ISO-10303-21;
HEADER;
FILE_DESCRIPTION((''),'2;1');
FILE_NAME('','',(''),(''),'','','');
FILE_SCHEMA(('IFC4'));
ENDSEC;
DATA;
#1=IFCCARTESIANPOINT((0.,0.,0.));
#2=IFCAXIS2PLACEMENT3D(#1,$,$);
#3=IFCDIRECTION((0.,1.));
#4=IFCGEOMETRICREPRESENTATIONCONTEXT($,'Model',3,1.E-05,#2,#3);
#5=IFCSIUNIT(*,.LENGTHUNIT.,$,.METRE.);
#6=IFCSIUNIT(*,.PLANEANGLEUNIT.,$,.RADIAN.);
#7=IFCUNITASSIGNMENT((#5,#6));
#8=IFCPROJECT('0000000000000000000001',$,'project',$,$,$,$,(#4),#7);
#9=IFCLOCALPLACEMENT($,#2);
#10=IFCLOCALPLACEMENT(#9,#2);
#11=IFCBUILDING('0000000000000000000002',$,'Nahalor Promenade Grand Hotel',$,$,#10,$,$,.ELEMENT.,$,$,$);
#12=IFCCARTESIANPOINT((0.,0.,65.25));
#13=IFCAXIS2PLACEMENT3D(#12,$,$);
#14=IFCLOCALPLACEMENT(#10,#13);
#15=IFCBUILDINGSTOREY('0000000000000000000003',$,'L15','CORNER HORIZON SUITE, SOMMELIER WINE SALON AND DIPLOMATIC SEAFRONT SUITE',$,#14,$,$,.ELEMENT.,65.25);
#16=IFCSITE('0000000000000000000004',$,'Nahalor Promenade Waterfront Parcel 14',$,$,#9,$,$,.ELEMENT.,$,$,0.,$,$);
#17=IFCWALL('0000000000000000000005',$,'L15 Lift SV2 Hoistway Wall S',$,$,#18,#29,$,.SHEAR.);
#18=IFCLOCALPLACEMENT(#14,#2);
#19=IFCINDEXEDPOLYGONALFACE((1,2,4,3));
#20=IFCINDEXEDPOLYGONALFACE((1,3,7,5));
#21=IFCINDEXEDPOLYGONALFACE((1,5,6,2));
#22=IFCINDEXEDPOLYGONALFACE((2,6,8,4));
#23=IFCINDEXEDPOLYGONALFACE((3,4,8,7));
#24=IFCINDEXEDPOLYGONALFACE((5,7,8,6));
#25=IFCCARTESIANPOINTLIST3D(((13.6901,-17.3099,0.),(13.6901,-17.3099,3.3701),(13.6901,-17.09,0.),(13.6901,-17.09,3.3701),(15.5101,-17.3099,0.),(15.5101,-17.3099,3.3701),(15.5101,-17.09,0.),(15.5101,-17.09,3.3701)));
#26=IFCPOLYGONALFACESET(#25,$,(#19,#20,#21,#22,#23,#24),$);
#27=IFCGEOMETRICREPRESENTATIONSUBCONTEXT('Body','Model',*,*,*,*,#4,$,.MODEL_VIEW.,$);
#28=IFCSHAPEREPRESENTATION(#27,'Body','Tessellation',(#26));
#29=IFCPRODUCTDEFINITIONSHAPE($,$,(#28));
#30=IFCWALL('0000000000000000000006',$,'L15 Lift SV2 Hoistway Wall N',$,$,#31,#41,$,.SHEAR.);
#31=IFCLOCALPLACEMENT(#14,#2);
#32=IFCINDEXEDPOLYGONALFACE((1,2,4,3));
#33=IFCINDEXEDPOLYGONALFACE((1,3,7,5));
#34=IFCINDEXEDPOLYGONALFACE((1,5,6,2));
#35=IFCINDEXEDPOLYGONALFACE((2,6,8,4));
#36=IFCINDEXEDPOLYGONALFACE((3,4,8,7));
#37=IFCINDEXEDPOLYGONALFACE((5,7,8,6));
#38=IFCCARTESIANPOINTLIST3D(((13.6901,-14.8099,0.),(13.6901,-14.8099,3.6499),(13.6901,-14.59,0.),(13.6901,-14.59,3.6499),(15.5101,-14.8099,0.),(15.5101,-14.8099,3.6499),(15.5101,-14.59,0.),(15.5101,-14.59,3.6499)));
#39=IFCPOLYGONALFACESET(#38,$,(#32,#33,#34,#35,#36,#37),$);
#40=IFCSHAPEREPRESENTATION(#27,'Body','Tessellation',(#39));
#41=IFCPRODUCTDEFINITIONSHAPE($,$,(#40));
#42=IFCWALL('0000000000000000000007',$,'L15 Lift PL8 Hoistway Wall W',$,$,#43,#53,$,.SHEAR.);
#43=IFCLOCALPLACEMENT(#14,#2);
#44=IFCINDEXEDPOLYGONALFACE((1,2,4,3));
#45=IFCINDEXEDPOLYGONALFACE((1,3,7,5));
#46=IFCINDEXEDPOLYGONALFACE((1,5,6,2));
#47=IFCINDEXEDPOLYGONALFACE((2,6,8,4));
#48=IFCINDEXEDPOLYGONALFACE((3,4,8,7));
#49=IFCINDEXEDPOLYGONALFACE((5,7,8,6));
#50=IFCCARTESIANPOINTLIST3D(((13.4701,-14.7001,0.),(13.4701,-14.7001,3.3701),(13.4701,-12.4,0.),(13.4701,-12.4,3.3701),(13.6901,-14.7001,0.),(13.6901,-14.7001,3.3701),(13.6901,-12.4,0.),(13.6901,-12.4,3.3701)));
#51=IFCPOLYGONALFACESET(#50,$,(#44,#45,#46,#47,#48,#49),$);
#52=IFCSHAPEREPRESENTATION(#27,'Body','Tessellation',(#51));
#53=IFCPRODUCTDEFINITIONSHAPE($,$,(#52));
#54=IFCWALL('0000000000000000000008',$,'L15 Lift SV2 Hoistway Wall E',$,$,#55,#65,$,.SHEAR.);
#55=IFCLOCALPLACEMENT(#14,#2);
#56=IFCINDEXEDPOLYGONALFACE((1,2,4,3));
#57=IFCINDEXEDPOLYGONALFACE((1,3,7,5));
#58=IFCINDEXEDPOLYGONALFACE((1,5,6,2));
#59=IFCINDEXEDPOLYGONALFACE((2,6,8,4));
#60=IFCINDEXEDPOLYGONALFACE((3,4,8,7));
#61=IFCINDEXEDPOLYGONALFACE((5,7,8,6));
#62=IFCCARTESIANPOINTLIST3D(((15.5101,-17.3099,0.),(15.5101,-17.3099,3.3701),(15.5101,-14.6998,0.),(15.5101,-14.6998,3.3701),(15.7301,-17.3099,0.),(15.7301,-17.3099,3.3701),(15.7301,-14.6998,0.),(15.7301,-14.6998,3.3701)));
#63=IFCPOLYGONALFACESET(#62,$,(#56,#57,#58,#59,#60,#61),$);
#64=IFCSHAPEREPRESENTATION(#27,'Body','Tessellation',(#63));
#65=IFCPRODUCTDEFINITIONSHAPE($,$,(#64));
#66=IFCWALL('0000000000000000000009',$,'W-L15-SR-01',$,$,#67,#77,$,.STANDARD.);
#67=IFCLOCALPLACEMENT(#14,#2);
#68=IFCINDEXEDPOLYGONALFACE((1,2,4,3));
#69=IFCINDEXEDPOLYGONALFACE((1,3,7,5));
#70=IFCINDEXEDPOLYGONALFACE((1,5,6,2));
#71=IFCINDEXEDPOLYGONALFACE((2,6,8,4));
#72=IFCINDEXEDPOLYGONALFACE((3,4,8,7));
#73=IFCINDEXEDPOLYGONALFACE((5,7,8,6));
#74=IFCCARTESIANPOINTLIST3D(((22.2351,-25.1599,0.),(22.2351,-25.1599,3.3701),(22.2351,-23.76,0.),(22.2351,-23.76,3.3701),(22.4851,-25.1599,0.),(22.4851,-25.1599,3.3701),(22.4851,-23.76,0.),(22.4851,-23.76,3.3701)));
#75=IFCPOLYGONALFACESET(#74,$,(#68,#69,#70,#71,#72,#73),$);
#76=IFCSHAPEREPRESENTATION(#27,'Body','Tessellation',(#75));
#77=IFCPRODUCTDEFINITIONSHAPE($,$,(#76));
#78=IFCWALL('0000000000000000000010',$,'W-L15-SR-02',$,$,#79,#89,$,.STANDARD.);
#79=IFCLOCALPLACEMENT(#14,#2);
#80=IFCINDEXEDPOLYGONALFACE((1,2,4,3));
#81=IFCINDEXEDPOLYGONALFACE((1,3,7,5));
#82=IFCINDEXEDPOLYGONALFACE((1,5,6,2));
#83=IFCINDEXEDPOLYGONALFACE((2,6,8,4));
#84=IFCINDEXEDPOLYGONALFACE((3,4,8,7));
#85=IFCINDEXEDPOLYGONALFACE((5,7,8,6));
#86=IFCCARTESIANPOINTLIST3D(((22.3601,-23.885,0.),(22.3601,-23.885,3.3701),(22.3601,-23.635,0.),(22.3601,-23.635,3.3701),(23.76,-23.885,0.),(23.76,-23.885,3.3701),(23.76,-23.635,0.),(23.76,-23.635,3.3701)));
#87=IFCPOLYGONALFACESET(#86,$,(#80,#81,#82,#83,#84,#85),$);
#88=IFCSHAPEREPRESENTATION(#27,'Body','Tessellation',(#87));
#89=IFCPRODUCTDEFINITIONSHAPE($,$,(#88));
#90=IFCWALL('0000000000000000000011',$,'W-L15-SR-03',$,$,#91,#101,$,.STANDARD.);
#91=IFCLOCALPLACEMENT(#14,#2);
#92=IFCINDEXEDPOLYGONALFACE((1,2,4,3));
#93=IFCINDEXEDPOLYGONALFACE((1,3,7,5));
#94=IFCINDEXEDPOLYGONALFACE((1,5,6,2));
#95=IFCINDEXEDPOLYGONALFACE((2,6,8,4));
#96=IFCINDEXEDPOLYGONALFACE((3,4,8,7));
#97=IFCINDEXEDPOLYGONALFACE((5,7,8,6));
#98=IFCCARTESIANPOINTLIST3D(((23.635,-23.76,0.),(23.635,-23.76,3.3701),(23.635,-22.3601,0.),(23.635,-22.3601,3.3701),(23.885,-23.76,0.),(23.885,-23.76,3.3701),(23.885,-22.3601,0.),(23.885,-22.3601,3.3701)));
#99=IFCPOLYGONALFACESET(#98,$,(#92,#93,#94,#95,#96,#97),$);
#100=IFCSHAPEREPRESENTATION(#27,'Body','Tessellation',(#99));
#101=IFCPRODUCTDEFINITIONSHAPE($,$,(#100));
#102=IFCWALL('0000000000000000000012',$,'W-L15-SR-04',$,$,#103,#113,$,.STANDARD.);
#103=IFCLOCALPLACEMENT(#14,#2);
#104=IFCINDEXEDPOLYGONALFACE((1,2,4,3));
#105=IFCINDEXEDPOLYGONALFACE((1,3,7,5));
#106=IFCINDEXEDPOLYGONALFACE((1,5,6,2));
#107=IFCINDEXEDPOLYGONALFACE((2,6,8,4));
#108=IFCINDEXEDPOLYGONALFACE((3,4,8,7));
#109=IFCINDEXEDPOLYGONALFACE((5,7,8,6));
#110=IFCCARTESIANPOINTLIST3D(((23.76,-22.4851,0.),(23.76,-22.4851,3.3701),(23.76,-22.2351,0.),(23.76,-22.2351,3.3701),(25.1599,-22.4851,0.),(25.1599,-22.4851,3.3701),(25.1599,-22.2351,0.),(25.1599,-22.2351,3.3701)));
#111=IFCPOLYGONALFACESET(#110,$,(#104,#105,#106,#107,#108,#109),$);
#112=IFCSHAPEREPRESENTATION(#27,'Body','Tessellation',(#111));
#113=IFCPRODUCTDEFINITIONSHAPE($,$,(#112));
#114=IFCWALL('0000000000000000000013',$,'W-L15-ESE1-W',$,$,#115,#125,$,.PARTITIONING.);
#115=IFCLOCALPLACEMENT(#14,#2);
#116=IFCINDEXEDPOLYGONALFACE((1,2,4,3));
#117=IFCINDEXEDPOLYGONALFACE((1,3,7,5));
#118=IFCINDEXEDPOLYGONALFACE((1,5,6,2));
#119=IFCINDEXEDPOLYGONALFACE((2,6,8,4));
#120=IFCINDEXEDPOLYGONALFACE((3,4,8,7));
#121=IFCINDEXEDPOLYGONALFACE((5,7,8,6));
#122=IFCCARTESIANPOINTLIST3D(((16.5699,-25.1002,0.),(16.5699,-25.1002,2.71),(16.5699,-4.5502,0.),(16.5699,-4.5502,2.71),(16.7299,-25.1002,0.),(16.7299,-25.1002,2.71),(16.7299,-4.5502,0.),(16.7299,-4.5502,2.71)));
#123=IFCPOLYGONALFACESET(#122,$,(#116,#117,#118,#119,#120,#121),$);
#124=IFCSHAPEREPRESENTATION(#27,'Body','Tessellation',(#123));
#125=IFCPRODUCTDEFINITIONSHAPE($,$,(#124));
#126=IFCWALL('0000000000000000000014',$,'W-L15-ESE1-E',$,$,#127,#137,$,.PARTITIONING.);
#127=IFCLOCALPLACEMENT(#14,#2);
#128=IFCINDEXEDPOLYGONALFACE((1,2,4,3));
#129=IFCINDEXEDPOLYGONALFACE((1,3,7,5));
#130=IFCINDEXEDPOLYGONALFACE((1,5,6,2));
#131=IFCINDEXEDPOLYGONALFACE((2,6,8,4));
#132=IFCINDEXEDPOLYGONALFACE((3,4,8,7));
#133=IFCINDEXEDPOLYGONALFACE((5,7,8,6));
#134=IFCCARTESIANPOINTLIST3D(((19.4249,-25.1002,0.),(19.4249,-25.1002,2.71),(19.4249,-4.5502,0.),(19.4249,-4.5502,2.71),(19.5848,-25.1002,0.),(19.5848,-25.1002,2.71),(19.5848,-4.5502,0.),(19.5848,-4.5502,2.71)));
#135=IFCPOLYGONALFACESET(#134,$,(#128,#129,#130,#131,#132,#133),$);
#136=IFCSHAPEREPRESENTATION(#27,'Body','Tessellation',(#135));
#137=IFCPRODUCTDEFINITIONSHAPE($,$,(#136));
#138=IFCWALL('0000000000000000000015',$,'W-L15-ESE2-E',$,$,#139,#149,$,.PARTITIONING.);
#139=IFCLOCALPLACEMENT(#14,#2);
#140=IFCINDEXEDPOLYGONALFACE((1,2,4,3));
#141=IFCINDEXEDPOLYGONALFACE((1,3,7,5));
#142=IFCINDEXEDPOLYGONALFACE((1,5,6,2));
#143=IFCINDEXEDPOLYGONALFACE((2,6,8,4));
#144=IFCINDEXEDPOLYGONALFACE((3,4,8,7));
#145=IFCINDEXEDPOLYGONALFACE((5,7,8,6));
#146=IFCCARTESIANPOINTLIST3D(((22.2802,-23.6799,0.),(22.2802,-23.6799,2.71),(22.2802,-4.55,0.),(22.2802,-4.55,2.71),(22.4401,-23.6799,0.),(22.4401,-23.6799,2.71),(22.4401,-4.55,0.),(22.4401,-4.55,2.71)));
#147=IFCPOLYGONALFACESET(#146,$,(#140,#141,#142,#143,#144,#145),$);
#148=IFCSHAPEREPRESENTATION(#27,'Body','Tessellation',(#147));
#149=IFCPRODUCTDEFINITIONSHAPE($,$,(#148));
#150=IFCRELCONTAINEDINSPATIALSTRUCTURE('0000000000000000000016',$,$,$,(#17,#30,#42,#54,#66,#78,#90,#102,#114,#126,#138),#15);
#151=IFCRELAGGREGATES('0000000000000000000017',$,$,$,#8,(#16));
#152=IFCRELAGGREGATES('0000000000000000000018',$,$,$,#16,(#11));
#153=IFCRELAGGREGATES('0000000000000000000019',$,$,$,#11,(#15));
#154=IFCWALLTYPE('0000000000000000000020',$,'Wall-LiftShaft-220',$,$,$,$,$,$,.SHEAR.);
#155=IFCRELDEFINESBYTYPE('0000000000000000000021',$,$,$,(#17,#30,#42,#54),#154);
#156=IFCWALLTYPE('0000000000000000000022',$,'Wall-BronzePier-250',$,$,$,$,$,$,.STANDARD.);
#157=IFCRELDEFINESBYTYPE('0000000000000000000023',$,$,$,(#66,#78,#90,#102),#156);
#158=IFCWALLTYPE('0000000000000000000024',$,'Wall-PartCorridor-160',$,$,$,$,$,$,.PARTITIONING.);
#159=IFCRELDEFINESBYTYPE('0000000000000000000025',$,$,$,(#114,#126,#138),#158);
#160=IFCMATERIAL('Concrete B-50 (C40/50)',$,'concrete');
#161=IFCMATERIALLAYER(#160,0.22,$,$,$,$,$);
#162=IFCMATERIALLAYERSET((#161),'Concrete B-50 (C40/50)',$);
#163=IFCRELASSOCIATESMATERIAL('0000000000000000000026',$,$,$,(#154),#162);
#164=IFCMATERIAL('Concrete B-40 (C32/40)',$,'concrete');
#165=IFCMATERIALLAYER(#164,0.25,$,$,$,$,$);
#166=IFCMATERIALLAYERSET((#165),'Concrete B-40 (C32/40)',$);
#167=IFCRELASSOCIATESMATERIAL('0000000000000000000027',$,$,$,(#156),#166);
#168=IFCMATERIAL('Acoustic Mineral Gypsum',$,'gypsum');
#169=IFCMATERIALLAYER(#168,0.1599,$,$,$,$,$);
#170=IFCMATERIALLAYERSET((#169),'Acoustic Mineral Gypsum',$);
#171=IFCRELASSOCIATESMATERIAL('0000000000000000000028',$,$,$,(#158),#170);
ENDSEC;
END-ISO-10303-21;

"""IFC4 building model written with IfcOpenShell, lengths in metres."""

from ifc_helpers import new_model, si_unit, direction, frame, frame_2d, origin, place, context, subcontext, project, spatial, rectangle, extrude, source, transform, mapped, material, layer, layer_set, type_object, element, save


model = new_model("IFC4")

# Units and contexts
model_context = context("Model", 3, precision=1e-05, world=origin(), true_north=direction((0.0, 1.0)))
body_context = subcontext(model_context, "Body", "Model", "MODEL_VIEW")
ifc_project = project(units=[si_unit("LENGTHUNIT", "METRE"), si_unit("PLANEANGLEUNIT", "RADIAN")], contexts=[model_context])

# Site, building, storey
site_placement = place(None, origin())
site = spatial("IfcSite", under=ifc_project, at=site_placement, Name="Nahalor Promenade Waterfront Parcel 14", CompositionType="ELEMENT", RefElevation=0.0)
building_placement = place(site_placement, origin())
building = spatial("IfcBuilding", under=site, at=building_placement, Name="Nahalor Promenade Grand Hotel", CompositionType="ELEMENT")
storey_placement = place(building_placement, frame((0.0, 0.0, 65.25)))
storey = spatial("IfcBuildingStorey", under=building, at=storey_placement, Name="L15", Description="CORNER HORIZON SUITE, SOMMELIER WINE SALON AND DIPLOMATIC SEAFRONT SUITE", CompositionType="ELEMENT", Elevation=65.25)

# Walls
ifc_material_1 = material(Name="Concrete B-50 (C40/50)", Category="concrete")
ifc_layer_1 = layer(ifc_material_1, 0.22)
ifc_layer_set_1 = layer_set([ifc_layer_1], Name="Concrete B-50 (C40/50)")
wall_type_1 = type_object("IfcWallType", Name="Wall-LiftShaft-220", PredefinedType="SHEAR", material=ifc_layer_set_1)
shared_shape_1 = source(origin(), body_context, "Body", "SweptSolid", [
    extrude(rectangle(XDim=1.8201, YDim=0.22, at=frame_2d((0.9102, 0.0))), origin(), (0.0, 0.0, 1.0), 3.3701),
])
wall_1_placement = place(storey_placement, frame((13.6899, -17.2, 0.0), z_axis=(0.0, 0.0, 1.0), x_axis=(1.0, 0.0, 0.0)))
element("IfcWall", 1, at=wall_1_placement, inside=storey, type_object=wall_type_1, Name="L15 Lift SV2 Hoistway Wall S", PredefinedType="SHEAR", context=body_context, shape_type="MappedRepresentation", body=[
    mapped(shared_shape_1, transform((0.0, 0.0, 0.0), scale=1.0)),
])
shared_shape_2 = source(origin(), body_context, "Body", "SweptSolid", [
    extrude(rectangle(XDim=1.8201, YDim=0.22, at=frame_2d((0.9102, 0.0))), origin(), (0.0, 0.0, 1.0), 3.6499),
])
wall_2_placement = place(storey_placement, frame((13.6899, -14.7, 0.0), z_axis=(0.0, 0.0, 1.0), x_axis=(1.0, 0.0, 0.0)))
element("IfcWall", 2, at=wall_2_placement, inside=storey, type_object=wall_type_1, Name="L15 Lift SV2 Hoistway Wall N", PredefinedType="SHEAR", context=body_context, shape_type="MappedRepresentation", body=[
    mapped(shared_shape_2, transform((0.0, 0.0, 0.0), scale=1.0)),
])
shared_shape_3 = source(origin(), body_context, "Body", "SweptSolid", [
    extrude(rectangle(XDim=2.3, YDim=0.22, at=frame_2d((1.1499, 0.0))), origin(), (0.0, 0.0, 1.0), 3.3701),
])
wall_3_placement = place(storey_placement, frame((13.5801, -14.7, 0.0), z_axis=(0.0, 0.0, 1.0), x_axis=(0.0, 1.0, 0.0)))
element("IfcWall", 3, at=wall_3_placement, inside=storey, type_object=wall_type_1, Name="L15 Lift PL8 Hoistway Wall W", PredefinedType="SHEAR", context=body_context, shape_type="MappedRepresentation", body=[
    mapped(shared_shape_3, transform((0.0, 0.0, 0.0), scale=1.0)),
])
shared_shape_4 = source(origin(), body_context, "Body", "SweptSolid", [
    extrude(rectangle(XDim=2.6101, YDim=0.22, at=frame_2d((1.3052, 0.0))), origin(), (0.0, 0.0, 1.0), 3.3701),
])
wall_4_placement = place(storey_placement, frame((15.6201, -17.3101, 0.0), z_axis=(0.0, 0.0, 1.0), x_axis=(0.0, 1.0, 0.0)))
element("IfcWall", 4, at=wall_4_placement, inside=storey, type_object=wall_type_1, Name="L15 Lift SV2 Hoistway Wall E", PredefinedType="SHEAR", context=body_context, shape_type="MappedRepresentation", body=[
    mapped(shared_shape_4, transform((0.0, 0.0, 0.0), scale=1.0)),
])
ifc_material_2 = material(Name="Concrete B-40 (C32/40)", Category="concrete")
ifc_layer_2 = layer(ifc_material_2, 0.25)
ifc_layer_set_2 = layer_set([ifc_layer_2], Name="Concrete B-40 (C32/40)")
wall_type_2 = type_object("IfcWallType", Name="Wall-BronzePier-250", PredefinedType="STANDARD", material=ifc_layer_set_2)
shared_shape_5 = source(origin(), body_context, "Body", "SweptSolid", [
    extrude(rectangle(XDim=1.3999, YDim=0.25, at=frame_2d((0.7, 0.0))), origin(), (0.0, 0.0, 1.0), 3.3701),
])
for number, where, z_axis, x_axis, name in (
    (5, (22.3601, -25.1599, 0.0), (0.0, 0.0, 1.0), (0.0, 1.0, 0.0), "W-L15-SR-01"),
    (6, (22.3601, -23.76, 0.0), (0.0, 0.0, 1.0), (1.0, 0.0, 0.0), "W-L15-SR-02"),
    (7, (23.76, -23.76, 0.0), (0.0, 0.0, 1.0), (0.0, 1.0, 0.0), "W-L15-SR-03"),
    (8, (23.76, -22.3601, 0.0), (0.0, 0.0, 1.0), (1.0, 0.0, 0.0), "W-L15-SR-04"),
):
    element("IfcWall", number, at=place(storey_placement, frame(where, z_axis=z_axis, x_axis=x_axis)), inside=storey, type_object=wall_type_2, Name=name, PredefinedType="STANDARD", context=body_context, shape_type="MappedRepresentation", body=[
        mapped(shared_shape_5, transform((0.0, 0.0, 0.0), scale=1.0)),
    ])
ifc_material_3 = material(Name="Acoustic Mineral Gypsum", Category="gypsum")
ifc_layer_3 = layer(ifc_material_3, 0.1599)
ifc_layer_set_3 = layer_set([ifc_layer_3], Name="Acoustic Mineral Gypsum")
wall_type_3 = type_object("IfcWallType", Name="Wall-PartCorridor-160", PredefinedType="PARTITIONING", material=ifc_layer_set_3)
shared_shape_6 = source(origin(), body_context, "Body", "SweptSolid", [
    extrude(rectangle(XDim=20.55, YDim=0.1599, at=frame_2d((10.2749, 0.0))), origin(), (0.0, 0.0, 1.0), 2.71),
])
for number, where, z_axis, x_axis, name in (
    (9, (16.6499, -25.1001, 0.0), (0.0, 0.0, 1.0), (0.0, 1.0, 0.0), "W-L15-ESE1-W"),
    (10, (19.5049, -25.1001, 0.0), (0.0, 0.0, 1.0), (0.0, 1.0, 0.0), "W-L15-ESE1-E"),
):
    element("IfcWall", number, at=place(storey_placement, frame(where, z_axis=z_axis, x_axis=x_axis)), inside=storey, type_object=wall_type_3, Name=name, PredefinedType="PARTITIONING", context=body_context, shape_type="MappedRepresentation", body=[
        mapped(shared_shape_6, transform((0.0, 0.0, 0.0), scale=1.0)),
    ])
shared_shape_7 = source(origin(), body_context, "Body", "SweptSolid", [
    extrude(rectangle(XDim=19.1299, YDim=0.1599, at=frame_2d((9.5649, 0.0))), origin(), (0.0, 0.0, 1.0), 2.71),
])
wall_5_placement = place(storey_placement, frame((22.3601, -23.6799, 0.0), z_axis=(0.0, 0.0, 1.0), x_axis=(0.0, 1.0, 0.0)))
element("IfcWall", 11, at=wall_5_placement, inside=storey, type_object=wall_type_3, Name="W-L15-ESE2-E", PredefinedType="PARTITIONING", context=body_context, shape_type="MappedRepresentation", body=[
    mapped(shared_shape_7, transform((0.0, 0.0, 0.0), scale=1.0)),
])

save(model, "model.ifc")
